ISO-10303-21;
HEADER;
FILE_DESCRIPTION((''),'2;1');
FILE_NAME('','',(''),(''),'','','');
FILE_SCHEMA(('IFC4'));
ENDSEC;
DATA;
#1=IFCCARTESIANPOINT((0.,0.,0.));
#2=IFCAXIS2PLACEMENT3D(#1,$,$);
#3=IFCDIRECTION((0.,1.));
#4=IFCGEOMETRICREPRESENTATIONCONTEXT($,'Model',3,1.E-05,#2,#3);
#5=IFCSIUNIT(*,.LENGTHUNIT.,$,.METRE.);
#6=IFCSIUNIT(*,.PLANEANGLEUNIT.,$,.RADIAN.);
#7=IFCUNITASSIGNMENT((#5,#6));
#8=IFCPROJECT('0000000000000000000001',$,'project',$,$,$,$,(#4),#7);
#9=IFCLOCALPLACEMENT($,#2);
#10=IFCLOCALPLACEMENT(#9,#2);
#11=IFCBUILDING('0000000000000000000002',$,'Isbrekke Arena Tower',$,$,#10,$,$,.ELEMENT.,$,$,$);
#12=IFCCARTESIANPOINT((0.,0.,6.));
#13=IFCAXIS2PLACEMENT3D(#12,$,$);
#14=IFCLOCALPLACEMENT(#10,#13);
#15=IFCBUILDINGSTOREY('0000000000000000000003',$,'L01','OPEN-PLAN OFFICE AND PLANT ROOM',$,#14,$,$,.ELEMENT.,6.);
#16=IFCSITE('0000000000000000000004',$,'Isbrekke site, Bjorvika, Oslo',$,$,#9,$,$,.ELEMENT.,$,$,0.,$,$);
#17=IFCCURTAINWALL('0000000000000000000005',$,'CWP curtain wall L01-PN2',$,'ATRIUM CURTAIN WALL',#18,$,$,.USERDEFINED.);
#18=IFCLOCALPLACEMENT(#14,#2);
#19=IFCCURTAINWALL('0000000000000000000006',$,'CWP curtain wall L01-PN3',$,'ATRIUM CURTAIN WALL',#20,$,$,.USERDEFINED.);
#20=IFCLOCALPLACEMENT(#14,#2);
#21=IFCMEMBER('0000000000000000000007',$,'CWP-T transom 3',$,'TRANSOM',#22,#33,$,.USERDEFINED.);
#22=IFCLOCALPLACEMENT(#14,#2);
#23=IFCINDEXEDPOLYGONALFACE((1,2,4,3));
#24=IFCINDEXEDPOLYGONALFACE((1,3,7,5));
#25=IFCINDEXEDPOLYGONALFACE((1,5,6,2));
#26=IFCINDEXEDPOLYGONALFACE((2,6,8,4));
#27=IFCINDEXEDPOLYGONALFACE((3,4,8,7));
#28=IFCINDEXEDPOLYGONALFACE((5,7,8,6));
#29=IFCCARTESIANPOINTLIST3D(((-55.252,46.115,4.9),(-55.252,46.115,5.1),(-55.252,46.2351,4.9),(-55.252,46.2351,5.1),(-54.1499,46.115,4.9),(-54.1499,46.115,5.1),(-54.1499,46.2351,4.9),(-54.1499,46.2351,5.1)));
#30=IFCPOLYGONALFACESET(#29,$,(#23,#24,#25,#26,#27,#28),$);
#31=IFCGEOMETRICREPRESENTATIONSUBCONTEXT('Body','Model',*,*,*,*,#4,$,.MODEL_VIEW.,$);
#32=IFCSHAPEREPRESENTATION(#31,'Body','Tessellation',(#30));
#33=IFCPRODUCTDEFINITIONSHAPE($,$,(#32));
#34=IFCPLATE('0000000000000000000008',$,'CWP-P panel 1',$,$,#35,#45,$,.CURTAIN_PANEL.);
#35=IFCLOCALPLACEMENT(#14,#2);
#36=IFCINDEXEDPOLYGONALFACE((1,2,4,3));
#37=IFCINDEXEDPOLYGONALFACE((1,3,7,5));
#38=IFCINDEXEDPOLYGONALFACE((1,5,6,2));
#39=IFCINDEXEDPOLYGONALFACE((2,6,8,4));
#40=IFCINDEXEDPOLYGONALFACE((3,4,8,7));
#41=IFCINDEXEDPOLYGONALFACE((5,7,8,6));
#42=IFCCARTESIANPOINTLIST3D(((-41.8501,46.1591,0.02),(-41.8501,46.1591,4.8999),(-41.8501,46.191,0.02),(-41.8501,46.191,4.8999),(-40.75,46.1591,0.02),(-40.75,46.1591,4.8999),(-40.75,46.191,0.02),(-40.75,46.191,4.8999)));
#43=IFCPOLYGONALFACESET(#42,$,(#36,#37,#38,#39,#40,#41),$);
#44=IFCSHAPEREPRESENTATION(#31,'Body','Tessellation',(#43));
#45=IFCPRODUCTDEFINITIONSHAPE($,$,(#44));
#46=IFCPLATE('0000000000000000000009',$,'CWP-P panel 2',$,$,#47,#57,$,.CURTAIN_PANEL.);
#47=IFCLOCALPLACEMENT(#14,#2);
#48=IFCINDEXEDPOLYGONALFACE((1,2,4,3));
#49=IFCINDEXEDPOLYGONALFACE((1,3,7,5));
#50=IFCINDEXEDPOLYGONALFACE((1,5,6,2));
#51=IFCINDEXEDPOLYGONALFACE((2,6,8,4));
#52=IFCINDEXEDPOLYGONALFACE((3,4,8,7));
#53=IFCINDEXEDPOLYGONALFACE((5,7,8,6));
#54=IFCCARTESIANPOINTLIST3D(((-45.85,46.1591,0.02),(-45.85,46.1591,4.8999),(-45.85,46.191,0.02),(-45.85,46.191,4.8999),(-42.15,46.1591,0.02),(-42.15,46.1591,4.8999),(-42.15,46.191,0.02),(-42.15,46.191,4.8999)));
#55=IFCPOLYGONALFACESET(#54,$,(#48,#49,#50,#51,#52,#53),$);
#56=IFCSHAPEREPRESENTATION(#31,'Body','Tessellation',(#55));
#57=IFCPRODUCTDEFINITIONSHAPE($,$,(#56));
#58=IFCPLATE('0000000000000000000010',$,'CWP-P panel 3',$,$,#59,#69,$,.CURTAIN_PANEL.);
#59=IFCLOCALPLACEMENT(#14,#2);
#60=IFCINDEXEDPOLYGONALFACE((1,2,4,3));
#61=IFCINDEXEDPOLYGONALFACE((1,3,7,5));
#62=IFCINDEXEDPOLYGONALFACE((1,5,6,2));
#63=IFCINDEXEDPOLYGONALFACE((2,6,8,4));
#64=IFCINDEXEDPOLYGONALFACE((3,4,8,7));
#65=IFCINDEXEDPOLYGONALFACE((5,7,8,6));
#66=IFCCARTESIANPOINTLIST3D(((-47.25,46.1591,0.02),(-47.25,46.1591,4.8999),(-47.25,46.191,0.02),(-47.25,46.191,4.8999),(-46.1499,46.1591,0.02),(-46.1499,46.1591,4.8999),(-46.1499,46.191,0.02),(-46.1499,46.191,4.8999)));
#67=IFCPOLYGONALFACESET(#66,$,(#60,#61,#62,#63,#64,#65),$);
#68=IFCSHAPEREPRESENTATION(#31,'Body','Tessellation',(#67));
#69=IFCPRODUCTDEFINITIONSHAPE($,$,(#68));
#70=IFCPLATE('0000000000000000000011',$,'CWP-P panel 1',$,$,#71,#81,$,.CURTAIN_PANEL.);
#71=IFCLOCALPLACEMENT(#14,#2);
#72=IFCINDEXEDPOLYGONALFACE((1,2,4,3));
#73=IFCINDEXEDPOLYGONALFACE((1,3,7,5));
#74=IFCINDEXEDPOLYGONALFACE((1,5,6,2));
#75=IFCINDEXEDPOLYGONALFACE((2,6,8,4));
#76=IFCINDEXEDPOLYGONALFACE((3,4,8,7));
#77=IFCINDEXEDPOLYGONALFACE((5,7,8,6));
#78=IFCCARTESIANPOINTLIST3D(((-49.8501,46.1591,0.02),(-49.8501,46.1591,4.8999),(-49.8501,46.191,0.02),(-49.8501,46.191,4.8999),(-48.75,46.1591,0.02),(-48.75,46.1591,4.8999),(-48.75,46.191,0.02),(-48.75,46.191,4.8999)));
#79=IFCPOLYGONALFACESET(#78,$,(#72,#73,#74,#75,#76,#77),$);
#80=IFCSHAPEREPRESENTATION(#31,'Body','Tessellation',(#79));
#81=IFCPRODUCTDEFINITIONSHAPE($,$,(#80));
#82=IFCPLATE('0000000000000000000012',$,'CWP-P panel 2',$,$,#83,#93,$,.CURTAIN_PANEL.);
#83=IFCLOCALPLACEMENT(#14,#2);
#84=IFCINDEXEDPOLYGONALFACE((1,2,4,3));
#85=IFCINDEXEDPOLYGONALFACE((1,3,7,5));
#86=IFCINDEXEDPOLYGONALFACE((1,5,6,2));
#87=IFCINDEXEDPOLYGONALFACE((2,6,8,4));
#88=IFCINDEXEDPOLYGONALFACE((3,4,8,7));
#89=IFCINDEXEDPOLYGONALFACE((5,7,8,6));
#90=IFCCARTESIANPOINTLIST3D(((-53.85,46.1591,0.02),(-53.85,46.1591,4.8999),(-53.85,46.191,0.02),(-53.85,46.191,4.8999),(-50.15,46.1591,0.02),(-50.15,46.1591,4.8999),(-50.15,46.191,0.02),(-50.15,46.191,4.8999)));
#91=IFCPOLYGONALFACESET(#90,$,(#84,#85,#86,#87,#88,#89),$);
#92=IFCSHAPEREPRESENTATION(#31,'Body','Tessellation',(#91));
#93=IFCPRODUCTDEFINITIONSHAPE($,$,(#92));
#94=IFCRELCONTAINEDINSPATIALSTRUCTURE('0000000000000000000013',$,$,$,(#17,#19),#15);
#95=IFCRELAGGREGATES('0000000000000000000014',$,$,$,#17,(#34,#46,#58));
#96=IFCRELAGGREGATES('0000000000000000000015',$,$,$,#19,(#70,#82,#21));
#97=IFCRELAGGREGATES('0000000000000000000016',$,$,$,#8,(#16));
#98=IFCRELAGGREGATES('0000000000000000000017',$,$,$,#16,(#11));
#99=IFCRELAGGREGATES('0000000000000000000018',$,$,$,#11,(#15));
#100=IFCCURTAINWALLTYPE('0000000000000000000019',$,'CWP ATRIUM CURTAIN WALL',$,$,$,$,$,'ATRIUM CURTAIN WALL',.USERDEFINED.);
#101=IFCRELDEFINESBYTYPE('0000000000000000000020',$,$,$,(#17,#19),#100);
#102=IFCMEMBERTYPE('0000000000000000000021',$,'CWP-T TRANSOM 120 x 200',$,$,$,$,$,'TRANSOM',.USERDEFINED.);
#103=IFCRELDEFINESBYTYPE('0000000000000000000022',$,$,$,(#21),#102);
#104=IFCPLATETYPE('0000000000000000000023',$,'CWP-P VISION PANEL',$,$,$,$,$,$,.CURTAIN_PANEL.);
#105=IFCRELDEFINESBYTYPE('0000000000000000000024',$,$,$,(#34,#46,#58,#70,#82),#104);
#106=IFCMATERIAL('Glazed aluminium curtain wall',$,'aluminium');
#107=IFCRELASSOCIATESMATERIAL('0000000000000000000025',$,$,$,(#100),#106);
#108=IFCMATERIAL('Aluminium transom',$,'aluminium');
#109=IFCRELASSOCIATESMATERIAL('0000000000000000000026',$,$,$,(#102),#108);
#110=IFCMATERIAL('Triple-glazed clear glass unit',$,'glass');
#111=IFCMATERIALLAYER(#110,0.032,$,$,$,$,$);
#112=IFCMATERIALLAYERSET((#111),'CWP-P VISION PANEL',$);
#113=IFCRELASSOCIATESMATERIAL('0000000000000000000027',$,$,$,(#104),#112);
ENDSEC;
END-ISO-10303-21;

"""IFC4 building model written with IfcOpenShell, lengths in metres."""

from ifc_helpers import new_model, si_unit, direction, frame, origin, origin_2d, place, context, subcontext, project, spatial, rectangle, extrude, material, layer, layer_set, material_profile, profile_set, type_object, element, aggregate, save


model = new_model("IFC4")

# Units and contexts
model_context = context("Model", 3, precision=1e-05, world=origin(), true_north=direction((0.0, 1.0)))
body_context = subcontext(model_context, "Body", "Model", "MODEL_VIEW")
ifc_project = project(units=[si_unit("LENGTHUNIT", "METRE"), si_unit("PLANEANGLEUNIT", "RADIAN")], contexts=[model_context])

# Site, building, storey
site_placement = place(None, origin())
site = spatial("IfcSite", under=ifc_project, at=site_placement, Name="Isbrekke site, Bjorvika, Oslo", CompositionType="ELEMENT", RefElevation=0.0)
building_placement = place(site_placement, origin())
building = spatial("IfcBuilding", under=site, at=building_placement, Name="Isbrekke Arena Tower", CompositionType="ELEMENT")
storey_placement = place(building_placement, frame((0.0, 0.0, 6.0)))
storey = spatial("IfcBuildingStorey", under=building, at=storey_placement, Name="L01", Description="OPEN-PLAN OFFICE AND PLANT ROOM", CompositionType="ELEMENT", Elevation=6.0)

# Shared definitions
ifc_material_1 = material(Name="Glazed aluminium curtain wall", Category="aluminium")
curtain_wall_type = type_object("IfcCurtainWallType", Name="CWP ATRIUM CURTAIN WALL", ElementType="ATRIUM CURTAIN WALL", PredefinedType="USERDEFINED", material=ifc_material_1)

# Curtain walls
curtain_wall_1_placement = place(storey_placement, origin())
curtain_wall_1 = element("IfcCurtainWall", 1, at=curtain_wall_1_placement, inside=storey, type_object=curtain_wall_type, Name="CWP curtain wall L01-PN2", ObjectType="ATRIUM CURTAIN WALL", PredefinedType="USERDEFINED")
curtain_wall_2_placement = place(storey_placement, origin())
curtain_wall_2 = element("IfcCurtainWall", 2, at=curtain_wall_2_placement, inside=storey, type_object=curtain_wall_type, Name="CWP curtain wall L01-PN3", ObjectType="ATRIUM CURTAIN WALL", PredefinedType="USERDEFINED")

# Member
ifc_material_2 = material(Name="Aluminium transom", Category="aluminium")
ifc_material_profile_1 = material_profile(ifc_material_2, rectangle(XDim=0.1201, YDim=0.2, at=origin_2d()), Name="TRANSOM 120X200")
ifc_profile_set_1 = profile_set([ifc_material_profile_1], Name="Aluminium transom")
member_type_1 = type_object("IfcMemberType", Name="CWP-T TRANSOM 120 x 200", ElementType="TRANSOM", PredefinedType="USERDEFINED", material=ifc_profile_set_1)
member_1_placement = place(storey_placement, frame((-54.1499, 46.175, 5.0), z_axis=(-1.0, 0.0, 0.0), x_axis=(0.0, -1.0, 0.0)))
member_1 = element("IfcMember", 3, at=member_1_placement, type_object=member_type_1, Name="CWP-T transom 3", ObjectType="TRANSOM", PredefinedType="USERDEFINED", context=body_context, shape_type="SweptSolid", body=[
    extrude(rectangle(XDim=0.1201, YDim=0.2, at=origin_2d()), origin(), (0.0, 0.0, 1.0), 1.1021),
])

# Plates
ifc_material_3 = material(Name="Triple-glazed clear glass unit", Category="glass")
ifc_layer = layer(ifc_material_3, 0.032)
ifc_layer_set = layer_set([ifc_layer], Name="CWP-P VISION PANEL")
plate_type = type_object("IfcPlateType", Name="CWP-P VISION PANEL", PredefinedType="CURTAIN_PANEL", material=ifc_layer_set)
plate_1_placement = place(storey_placement, frame((-41.3, 46.175, 0.02), z_axis=(0.0, 0.0, 1.0), x_axis=(-1.0, 0.0, 0.0)))
plate_1 = element("IfcPlate", 4, at=plate_1_placement, type_object=plate_type, Name="CWP-P panel 1", PredefinedType="CURTAIN_PANEL", context=body_context, shape_type="SweptSolid", body=[
    extrude(rectangle(XDim=1.1001, YDim=0.032, at=origin_2d()), origin(), (0.0, 0.0, 1.0), 4.8799),
])
plate_2_placement = place(storey_placement, frame((-44.0, 46.175, 0.02), z_axis=(0.0, 0.0, 1.0), x_axis=(-1.0, 0.0, 0.0)))
plate_2 = element("IfcPlate", 5, at=plate_2_placement, type_object=plate_type, Name="CWP-P panel 2", PredefinedType="CURTAIN_PANEL", context=body_context, shape_type="SweptSolid", body=[
    extrude(rectangle(XDim=3.7, YDim=0.032, at=origin_2d()), origin(), (0.0, 0.0, 1.0), 4.8799),
])
plate_3_placement = place(storey_placement, frame((-46.7, 46.175, 0.02), z_axis=(0.0, 0.0, 1.0), x_axis=(-1.0, 0.0, 0.0)))
plate_3 = element("IfcPlate", 6, at=plate_3_placement, type_object=plate_type, Name="CWP-P panel 3", PredefinedType="CURTAIN_PANEL", context=body_context, shape_type="SweptSolid", body=[
    extrude(rectangle(XDim=1.1001, YDim=0.032, at=origin_2d()), origin(), (0.0, 0.0, 1.0), 4.8799),
])
aggregate(curtain_wall_1, [plate_1, plate_2, plate_3])
plate_4_placement = place(storey_placement, frame((-49.3, 46.175, 0.02), z_axis=(0.0, 0.0, 1.0), x_axis=(-1.0, 0.0, 0.0)))
plate_4 = element("IfcPlate", 7, at=plate_4_placement, type_object=plate_type, Name="CWP-P panel 1", PredefinedType="CURTAIN_PANEL", context=body_context, shape_type="SweptSolid", body=[
    extrude(rectangle(XDim=1.1001, YDim=0.032, at=origin_2d()), origin(), (0.0, 0.0, 1.0), 4.8799),
])
plate_5_placement = place(storey_placement, frame((-52.0, 46.175, 0.02), z_axis=(0.0, 0.0, 1.0), x_axis=(-1.0, 0.0, 0.0)))
plate_5 = element("IfcPlate", 8, at=plate_5_placement, type_object=plate_type, Name="CWP-P panel 2", PredefinedType="CURTAIN_PANEL", context=body_context, shape_type="SweptSolid", body=[
    extrude(rectangle(XDim=3.7, YDim=0.032, at=origin_2d()), origin(), (0.0, 0.0, 1.0), 4.8799),
])
aggregate(curtain_wall_2, [plate_4, plate_5, member_1])

save(model, "model.ifc")
